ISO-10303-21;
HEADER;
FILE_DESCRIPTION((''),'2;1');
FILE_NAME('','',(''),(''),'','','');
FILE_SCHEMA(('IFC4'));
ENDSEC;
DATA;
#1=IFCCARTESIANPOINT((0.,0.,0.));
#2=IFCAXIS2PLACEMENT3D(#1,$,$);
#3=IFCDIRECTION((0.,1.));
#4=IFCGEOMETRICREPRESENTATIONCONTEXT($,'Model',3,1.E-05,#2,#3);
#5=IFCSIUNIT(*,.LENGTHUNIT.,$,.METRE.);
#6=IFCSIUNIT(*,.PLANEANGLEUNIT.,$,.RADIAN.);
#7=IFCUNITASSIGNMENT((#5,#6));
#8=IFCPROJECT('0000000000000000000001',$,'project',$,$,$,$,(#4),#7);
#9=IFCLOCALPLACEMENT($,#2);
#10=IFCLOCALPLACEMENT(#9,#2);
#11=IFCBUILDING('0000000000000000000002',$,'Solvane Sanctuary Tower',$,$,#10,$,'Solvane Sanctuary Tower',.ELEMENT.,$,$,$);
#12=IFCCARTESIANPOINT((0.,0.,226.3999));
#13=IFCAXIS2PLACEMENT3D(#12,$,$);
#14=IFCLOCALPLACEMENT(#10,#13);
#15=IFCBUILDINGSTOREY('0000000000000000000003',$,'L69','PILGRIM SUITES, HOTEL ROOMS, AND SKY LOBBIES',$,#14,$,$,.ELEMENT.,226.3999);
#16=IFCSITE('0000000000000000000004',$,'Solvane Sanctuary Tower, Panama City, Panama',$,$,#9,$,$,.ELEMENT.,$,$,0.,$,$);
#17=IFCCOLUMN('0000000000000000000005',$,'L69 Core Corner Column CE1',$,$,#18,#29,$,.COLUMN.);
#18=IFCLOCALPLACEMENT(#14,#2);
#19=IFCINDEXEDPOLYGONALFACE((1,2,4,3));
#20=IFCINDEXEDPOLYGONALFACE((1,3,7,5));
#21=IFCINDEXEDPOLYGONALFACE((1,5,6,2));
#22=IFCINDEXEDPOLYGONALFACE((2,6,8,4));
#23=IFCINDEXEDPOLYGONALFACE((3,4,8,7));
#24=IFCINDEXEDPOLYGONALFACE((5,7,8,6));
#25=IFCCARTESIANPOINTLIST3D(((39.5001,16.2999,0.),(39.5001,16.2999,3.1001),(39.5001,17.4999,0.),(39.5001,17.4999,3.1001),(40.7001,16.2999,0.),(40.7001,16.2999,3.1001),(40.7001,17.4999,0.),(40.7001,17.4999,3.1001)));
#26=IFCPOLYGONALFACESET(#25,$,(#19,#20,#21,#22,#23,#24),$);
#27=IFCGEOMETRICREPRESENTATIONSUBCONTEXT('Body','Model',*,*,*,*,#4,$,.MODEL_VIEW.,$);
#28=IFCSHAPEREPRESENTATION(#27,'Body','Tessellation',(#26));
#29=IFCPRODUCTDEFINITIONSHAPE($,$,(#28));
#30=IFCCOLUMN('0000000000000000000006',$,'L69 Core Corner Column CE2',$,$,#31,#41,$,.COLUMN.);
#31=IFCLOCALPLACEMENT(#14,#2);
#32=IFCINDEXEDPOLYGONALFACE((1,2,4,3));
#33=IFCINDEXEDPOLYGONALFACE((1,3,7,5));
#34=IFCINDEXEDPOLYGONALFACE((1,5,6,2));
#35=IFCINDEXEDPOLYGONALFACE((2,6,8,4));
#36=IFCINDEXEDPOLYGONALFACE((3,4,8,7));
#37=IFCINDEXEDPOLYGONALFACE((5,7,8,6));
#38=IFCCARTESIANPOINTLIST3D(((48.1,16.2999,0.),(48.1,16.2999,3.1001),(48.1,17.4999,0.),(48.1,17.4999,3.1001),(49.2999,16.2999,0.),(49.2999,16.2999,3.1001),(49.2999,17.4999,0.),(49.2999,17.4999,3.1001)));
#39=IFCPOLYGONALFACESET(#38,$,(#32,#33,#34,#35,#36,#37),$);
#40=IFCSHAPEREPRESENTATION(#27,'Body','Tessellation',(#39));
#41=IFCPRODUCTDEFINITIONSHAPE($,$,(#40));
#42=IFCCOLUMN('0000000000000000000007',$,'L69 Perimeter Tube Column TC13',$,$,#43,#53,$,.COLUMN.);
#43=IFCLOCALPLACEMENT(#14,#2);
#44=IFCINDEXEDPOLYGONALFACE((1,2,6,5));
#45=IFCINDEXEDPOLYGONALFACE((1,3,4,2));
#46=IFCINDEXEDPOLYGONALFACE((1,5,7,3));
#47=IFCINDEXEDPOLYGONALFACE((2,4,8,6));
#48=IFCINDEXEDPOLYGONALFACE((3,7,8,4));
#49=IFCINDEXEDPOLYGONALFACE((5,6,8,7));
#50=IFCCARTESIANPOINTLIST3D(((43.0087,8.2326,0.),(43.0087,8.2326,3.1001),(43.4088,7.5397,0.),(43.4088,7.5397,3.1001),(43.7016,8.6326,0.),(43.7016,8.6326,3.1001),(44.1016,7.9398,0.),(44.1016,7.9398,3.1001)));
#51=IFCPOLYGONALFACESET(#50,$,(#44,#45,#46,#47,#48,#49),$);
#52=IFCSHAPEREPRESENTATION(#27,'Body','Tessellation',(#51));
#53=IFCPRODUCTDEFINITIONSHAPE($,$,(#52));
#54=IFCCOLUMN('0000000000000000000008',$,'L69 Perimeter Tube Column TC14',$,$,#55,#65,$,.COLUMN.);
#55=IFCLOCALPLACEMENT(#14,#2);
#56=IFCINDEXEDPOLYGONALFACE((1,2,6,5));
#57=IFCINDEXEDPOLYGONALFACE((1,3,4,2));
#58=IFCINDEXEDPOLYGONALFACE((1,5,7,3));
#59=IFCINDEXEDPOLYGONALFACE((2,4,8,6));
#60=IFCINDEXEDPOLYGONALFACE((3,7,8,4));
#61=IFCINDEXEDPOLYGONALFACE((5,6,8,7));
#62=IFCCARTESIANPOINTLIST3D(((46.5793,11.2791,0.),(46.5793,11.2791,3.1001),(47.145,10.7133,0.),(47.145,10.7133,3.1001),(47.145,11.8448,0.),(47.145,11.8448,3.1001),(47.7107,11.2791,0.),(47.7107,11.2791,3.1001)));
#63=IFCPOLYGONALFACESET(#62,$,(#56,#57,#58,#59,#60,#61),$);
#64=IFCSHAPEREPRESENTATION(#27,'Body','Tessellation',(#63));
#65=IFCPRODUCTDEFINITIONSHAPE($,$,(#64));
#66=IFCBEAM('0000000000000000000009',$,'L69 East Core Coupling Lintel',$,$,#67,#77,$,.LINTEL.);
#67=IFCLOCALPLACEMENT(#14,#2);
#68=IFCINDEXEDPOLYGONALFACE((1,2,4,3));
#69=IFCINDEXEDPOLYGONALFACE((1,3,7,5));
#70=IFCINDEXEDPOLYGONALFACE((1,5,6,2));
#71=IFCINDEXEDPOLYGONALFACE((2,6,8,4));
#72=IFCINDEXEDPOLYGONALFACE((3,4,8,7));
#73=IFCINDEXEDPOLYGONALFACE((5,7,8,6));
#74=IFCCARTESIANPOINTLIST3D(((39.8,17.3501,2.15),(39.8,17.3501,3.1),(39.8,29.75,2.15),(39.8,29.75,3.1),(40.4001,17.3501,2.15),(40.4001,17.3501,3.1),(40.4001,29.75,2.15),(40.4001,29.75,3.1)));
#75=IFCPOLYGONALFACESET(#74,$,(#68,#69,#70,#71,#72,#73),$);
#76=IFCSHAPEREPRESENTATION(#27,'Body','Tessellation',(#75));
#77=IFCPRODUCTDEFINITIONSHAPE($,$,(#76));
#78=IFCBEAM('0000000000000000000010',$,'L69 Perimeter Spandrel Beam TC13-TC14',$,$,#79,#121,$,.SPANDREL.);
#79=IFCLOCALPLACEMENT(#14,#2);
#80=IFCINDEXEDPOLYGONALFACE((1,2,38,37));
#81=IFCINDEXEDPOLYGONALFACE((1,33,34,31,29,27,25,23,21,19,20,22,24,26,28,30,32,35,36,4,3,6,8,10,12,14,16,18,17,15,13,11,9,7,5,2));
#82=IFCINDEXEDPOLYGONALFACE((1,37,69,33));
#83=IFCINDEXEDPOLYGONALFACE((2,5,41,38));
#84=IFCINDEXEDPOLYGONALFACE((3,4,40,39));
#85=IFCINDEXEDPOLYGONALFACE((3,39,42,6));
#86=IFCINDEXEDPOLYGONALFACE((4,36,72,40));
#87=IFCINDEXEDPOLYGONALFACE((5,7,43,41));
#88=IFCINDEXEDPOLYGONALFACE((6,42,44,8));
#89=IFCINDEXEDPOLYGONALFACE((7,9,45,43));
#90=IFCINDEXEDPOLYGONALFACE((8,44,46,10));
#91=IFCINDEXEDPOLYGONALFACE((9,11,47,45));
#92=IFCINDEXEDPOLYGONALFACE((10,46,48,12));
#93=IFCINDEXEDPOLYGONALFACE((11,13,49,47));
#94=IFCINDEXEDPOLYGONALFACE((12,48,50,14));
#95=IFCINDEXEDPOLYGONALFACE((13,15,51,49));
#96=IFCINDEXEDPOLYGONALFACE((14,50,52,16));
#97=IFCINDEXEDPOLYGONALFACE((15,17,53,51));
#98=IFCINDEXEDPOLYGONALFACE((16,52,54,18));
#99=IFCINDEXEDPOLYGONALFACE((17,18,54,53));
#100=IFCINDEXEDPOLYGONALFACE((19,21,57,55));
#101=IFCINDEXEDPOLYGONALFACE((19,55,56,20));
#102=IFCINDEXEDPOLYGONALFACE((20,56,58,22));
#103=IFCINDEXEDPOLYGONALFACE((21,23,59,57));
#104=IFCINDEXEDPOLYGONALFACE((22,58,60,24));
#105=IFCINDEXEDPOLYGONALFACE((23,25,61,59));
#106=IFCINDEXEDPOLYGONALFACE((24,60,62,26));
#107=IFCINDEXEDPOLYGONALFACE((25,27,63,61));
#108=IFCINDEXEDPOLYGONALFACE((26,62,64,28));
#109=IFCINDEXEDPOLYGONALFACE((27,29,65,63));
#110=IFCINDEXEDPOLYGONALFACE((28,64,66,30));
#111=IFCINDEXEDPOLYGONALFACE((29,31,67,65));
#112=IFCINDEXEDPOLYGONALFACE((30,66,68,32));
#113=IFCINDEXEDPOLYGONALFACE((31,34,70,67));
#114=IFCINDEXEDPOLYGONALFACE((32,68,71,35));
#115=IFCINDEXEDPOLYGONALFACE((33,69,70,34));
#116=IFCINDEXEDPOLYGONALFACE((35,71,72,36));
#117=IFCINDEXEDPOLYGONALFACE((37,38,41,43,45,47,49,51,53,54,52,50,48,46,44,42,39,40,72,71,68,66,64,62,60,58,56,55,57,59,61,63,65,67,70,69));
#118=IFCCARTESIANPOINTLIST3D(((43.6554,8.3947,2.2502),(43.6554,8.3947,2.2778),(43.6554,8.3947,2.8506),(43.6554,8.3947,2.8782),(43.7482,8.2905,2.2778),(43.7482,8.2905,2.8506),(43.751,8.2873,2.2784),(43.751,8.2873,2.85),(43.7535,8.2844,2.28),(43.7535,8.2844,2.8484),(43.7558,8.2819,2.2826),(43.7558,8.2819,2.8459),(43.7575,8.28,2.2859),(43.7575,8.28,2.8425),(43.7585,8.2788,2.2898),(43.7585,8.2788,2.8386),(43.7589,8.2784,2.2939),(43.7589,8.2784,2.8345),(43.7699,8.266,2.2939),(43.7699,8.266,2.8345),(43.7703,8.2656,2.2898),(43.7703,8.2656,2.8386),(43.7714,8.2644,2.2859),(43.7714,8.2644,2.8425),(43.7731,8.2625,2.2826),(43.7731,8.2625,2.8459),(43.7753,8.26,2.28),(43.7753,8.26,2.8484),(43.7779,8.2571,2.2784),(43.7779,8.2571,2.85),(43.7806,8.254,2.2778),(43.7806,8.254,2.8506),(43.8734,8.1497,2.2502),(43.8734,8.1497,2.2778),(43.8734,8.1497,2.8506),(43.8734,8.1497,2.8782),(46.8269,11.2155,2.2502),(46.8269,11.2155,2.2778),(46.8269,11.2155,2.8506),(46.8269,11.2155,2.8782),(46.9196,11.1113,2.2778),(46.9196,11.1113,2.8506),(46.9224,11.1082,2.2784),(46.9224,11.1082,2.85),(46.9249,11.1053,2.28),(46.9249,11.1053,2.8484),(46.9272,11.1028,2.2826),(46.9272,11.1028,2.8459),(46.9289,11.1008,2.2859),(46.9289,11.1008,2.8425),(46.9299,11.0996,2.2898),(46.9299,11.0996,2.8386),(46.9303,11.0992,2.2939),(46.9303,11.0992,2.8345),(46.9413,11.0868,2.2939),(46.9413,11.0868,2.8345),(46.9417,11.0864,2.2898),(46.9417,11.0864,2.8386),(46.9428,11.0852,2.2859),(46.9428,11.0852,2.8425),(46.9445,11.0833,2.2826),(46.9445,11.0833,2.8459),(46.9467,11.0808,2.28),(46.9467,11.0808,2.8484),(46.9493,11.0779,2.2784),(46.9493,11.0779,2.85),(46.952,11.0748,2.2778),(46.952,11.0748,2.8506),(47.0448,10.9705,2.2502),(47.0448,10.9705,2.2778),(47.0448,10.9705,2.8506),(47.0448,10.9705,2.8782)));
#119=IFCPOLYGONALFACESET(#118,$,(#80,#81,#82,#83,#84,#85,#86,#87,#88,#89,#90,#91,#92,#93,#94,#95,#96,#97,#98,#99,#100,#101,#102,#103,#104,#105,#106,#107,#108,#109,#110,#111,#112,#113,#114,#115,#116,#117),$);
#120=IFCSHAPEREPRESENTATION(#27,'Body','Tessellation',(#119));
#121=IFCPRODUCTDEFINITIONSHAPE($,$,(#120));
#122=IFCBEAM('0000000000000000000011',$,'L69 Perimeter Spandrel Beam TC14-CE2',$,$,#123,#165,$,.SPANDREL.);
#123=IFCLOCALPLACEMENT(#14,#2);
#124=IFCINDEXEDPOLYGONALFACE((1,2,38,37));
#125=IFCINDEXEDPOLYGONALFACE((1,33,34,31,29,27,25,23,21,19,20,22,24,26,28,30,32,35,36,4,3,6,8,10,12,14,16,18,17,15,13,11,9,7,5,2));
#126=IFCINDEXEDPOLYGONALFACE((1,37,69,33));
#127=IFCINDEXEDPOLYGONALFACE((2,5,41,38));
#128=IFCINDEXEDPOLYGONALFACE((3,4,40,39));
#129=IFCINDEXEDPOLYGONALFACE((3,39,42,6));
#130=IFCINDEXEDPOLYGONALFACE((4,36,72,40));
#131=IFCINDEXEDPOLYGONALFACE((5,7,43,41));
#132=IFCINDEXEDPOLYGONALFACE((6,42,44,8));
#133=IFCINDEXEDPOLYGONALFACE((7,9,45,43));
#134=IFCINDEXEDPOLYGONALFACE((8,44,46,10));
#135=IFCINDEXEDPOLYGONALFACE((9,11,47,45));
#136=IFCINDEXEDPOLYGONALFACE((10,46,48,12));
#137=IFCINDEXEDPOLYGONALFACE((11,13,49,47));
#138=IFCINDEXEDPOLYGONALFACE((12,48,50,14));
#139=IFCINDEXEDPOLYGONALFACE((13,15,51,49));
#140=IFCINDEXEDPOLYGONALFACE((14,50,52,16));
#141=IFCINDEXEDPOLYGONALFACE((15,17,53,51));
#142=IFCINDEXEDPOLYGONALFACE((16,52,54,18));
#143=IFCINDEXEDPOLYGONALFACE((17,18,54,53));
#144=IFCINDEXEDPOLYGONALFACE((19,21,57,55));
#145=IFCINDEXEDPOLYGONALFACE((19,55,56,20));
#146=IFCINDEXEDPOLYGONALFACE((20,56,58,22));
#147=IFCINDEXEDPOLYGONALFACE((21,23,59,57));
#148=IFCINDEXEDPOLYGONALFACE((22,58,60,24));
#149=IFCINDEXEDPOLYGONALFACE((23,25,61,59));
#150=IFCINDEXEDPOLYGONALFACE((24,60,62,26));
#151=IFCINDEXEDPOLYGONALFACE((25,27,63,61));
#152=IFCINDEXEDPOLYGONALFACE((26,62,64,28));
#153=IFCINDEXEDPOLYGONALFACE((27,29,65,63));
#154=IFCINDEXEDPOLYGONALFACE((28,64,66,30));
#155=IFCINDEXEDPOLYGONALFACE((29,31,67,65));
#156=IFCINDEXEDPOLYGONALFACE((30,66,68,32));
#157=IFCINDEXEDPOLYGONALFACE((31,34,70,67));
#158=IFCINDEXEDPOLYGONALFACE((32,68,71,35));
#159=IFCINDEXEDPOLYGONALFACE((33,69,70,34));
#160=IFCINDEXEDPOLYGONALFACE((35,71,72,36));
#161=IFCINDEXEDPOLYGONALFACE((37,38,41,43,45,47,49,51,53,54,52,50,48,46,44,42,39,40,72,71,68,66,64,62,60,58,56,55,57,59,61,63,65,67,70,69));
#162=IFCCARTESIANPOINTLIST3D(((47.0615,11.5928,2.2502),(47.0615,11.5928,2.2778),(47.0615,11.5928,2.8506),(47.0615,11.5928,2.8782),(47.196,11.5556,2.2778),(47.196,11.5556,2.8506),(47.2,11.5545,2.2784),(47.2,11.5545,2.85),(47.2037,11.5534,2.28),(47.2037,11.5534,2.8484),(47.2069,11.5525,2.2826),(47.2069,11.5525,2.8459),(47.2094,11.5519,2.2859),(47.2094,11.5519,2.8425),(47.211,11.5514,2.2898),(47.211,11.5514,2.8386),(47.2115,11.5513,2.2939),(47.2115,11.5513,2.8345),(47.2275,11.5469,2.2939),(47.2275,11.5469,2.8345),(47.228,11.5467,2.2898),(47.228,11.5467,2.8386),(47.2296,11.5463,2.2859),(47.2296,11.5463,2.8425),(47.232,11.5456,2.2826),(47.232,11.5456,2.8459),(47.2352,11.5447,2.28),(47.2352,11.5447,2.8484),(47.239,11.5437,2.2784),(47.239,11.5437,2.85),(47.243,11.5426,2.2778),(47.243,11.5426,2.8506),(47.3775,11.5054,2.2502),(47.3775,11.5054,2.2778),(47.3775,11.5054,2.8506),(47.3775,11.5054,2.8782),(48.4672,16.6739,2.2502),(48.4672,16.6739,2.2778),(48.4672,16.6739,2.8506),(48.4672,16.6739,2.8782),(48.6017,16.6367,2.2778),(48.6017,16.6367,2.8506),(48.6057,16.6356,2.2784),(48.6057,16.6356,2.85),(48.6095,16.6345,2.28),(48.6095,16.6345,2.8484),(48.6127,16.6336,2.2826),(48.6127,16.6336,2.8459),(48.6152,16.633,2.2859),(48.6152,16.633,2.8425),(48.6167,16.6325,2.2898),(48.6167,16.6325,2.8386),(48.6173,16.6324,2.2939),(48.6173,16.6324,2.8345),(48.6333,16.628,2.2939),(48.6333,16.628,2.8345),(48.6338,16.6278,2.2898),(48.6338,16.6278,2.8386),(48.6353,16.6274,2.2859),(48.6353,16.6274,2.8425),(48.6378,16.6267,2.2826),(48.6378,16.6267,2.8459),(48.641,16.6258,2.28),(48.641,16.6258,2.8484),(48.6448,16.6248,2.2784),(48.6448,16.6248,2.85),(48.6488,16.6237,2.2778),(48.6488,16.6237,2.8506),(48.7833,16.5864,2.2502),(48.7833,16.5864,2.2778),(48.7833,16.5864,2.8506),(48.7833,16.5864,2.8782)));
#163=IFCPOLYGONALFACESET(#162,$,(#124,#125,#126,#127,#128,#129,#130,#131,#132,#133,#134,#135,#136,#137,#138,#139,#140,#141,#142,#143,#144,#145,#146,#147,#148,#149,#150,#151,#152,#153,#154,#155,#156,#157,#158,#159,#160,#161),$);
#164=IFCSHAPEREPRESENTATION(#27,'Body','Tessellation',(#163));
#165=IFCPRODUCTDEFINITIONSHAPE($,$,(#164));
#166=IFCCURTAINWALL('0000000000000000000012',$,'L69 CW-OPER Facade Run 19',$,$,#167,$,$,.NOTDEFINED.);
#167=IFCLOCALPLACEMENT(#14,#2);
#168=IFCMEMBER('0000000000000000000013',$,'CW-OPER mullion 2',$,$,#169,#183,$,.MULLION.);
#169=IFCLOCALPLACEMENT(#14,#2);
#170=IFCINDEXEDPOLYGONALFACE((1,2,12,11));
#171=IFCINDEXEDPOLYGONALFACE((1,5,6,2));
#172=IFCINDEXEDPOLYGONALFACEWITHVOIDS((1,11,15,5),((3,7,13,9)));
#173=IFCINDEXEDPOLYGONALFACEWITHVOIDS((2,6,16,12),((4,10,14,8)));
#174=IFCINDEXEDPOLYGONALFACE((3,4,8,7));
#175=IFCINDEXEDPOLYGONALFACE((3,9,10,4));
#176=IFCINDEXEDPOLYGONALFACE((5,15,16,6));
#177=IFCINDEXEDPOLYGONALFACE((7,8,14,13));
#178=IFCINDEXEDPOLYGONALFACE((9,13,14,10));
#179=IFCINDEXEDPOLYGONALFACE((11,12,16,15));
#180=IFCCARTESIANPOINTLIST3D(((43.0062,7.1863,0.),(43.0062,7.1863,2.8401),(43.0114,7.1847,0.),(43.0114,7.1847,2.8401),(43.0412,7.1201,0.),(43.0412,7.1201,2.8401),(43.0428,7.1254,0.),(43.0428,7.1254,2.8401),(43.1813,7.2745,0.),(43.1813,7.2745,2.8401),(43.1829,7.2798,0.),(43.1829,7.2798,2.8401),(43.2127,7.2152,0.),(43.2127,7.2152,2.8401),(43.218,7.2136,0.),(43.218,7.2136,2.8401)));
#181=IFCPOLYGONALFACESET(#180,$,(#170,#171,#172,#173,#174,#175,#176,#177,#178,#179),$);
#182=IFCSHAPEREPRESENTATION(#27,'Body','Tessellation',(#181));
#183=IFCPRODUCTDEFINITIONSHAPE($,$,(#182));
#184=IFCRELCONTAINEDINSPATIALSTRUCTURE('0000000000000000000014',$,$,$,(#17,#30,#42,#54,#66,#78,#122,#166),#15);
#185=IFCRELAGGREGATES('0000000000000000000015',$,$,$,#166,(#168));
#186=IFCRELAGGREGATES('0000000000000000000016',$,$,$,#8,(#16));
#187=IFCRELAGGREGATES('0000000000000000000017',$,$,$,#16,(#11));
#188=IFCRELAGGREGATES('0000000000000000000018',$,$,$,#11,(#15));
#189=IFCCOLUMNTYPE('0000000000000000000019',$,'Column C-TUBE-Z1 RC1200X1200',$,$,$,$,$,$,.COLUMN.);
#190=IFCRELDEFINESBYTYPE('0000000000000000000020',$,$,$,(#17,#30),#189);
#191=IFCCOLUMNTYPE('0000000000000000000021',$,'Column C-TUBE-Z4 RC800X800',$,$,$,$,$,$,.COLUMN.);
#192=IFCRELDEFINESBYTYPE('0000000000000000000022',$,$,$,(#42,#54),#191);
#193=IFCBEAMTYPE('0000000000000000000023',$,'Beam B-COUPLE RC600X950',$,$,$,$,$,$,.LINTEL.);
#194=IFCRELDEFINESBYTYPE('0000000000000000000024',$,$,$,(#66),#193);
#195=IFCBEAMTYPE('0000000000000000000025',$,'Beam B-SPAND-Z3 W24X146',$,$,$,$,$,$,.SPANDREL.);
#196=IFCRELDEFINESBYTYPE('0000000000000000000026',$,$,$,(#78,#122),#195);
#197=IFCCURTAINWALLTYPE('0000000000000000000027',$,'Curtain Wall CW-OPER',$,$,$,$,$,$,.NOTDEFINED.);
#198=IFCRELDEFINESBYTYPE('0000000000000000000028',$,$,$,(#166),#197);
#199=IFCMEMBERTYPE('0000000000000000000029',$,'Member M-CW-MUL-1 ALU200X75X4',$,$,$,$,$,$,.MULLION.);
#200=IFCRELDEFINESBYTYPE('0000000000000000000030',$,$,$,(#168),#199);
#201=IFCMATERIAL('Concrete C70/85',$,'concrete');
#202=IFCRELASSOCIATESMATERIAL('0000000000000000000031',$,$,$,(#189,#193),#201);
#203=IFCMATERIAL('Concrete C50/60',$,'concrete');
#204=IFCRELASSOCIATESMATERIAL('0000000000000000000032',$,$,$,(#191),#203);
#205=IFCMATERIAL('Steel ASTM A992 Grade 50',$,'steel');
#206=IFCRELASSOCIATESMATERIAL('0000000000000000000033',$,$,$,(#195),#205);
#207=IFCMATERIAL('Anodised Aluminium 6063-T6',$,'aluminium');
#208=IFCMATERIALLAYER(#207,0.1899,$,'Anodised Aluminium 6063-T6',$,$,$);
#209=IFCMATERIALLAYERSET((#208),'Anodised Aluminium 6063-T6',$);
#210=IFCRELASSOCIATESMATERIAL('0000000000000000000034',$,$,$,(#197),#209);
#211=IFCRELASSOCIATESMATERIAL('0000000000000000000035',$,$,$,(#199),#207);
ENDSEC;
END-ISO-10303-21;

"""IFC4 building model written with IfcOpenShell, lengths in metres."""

from ifc_helpers import new_model, si_unit, direction, frame, origin, origin_2d, place, context, subcontext, project, spatial, rectangle, hollow_rectangle, i_section, extrude, material, layer, layer_set, material_profile, profile_set, type_object, element, aggregate, save


model = new_model("IFC4")

# Units and contexts
model_context = context("Model", 3, precision=1e-05, world=origin(), true_north=direction((0.0, 1.0)))
body_context = subcontext(model_context, "Body", "Model", "MODEL_VIEW")
ifc_project = project(units=[si_unit("LENGTHUNIT", "METRE"), si_unit("PLANEANGLEUNIT", "RADIAN")], contexts=[model_context])

# Site, building, storey
site_placement = place(None, origin())
site = spatial("IfcSite", under=ifc_project, at=site_placement, Name="Solvane Sanctuary Tower, Panama City, Panama", CompositionType="ELEMENT", RefElevation=0.0)
building_placement = place(site_placement, origin())
building = spatial("IfcBuilding", under=site, at=building_placement, Name="Solvane Sanctuary Tower", LongName="Solvane Sanctuary Tower", CompositionType="ELEMENT")
storey_placement = place(building_placement, frame((0.0, 0.0, 226.3999)))
storey = spatial("IfcBuildingStorey", under=building, at=storey_placement, Name="L69", Description="PILGRIM SUITES, HOTEL ROOMS, AND SKY LOBBIES", CompositionType="ELEMENT", Elevation=226.3999)

# Columns
ifc_material_1 = material(Name="Concrete C70/85", Category="concrete")
ifc_material_profile_1 = material_profile(ifc_material_1, rectangle(XDim=1.2, YDim=1.2, at=origin_2d()), Name="RC1200X1200")
ifc_profile_set_1 = profile_set([ifc_material_profile_1], Name="Concrete C70/85")
column_type_1 = type_object("IfcColumnType", Name="Column C-TUBE-Z1 RC1200X1200", PredefinedType="COLUMN", material=ifc_profile_set_1)
for number, where, z_axis, x_axis, name in (
    (1, (40.1001, 16.8999, 0.0), (0.0, 0.0, 1.0), (1.0, 0.0, 0.0), "L69 Core Corner Column CE1"),
    (2, (48.7, 16.8999, 0.0), (0.0, 0.0, 1.0), (1.0, 0.0, 0.0), "L69 Core Corner Column CE2"),
):
    element("IfcColumn", number, at=place(storey_placement, frame(where, z_axis=z_axis, x_axis=x_axis)), inside=storey, type_object=column_type_1, Name=name, PredefinedType="COLUMN", context=body_context, shape_type="SweptSolid", body=[
        extrude(rectangle(XDim=1.2, YDim=1.2, at=origin_2d()), origin(), (0.0, 0.0, 1.0), 3.1001),
    ])
ifc_material_2 = material(Name="Concrete C50/60", Category="concrete")
ifc_material_profile_2 = material_profile(ifc_material_2, rectangle(XDim=0.8, YDim=0.8, at=origin_2d()), Name="RC800X800")
ifc_profile_set_2 = profile_set([ifc_material_profile_2], Name="Concrete C50/60")
column_type_2 = type_object("IfcColumnType", Name="Column C-TUBE-Z4 RC800X800", PredefinedType="COLUMN", material=ifc_profile_set_2)
for number, where, z_axis, x_axis, name in (
    (3, (43.5552, 8.0862, 0.0), (0.0, 0.0, 1.0), (0.5, -0.866025, 0.0), "L69 Perimeter Tube Column TC13"),
    (4, (47.145, 11.2791, 0.0), (0.0, 0.0, 1.0), (0.707107, -0.707107, 0.0), "L69 Perimeter Tube Column TC14"),
):
    element("IfcColumn", number, at=place(storey_placement, frame(where, z_axis=z_axis, x_axis=x_axis)), inside=storey, type_object=column_type_2, Name=name, PredefinedType="COLUMN", context=body_context, shape_type="SweptSolid", body=[
        extrude(rectangle(XDim=0.8, YDim=0.8, at=origin_2d()), origin(), (0.0, 0.0, 1.0), 3.1001),
    ])

# Beams
ifc_material_profile_3 = material_profile(ifc_material_1, rectangle(XDim=0.6001, YDim=0.95, at=origin_2d()), Name="RC600X950")
ifc_profile_set_3 = profile_set([ifc_material_profile_3], Name="Concrete C70/85")
beam_type_1 = type_object("IfcBeamType", Name="Beam B-COUPLE RC600X950", PredefinedType="LINTEL", material=ifc_profile_set_3)
beam_1_placement = place(storey_placement, frame((40.1001, 17.3501, 2.625), z_axis=(0.0, 1.0, 0.0), x_axis=(-1.0, 0.0, 0.0)))
element("IfcBeam", 5, at=beam_1_placement, inside=storey, type_object=beam_type_1, Name="L69 East Core Coupling Lintel", PredefinedType="LINTEL", context=body_context, shape_type="SweptSolid", body=[
    extrude(rectangle(XDim=0.6001, YDim=0.95, at=origin_2d()), origin(), (0.0, 0.0, 1.0), 12.3999),
])
ifc_material_3 = material(Name="Steel ASTM A992 Grade 50", Category="steel")
ifc_material_profile_4 = material_profile(ifc_material_3, i_section(OverallWidth=0.3279, OverallDepth=0.6279, WebThickness=0.0166, FlangeThickness=0.0276, FilletRadius=0.0161, at=origin_2d()), Name="W24X146")
ifc_profile_set_4 = profile_set([ifc_material_profile_4], Name="Steel ASTM A992 Grade 50")
beam_type_2 = type_object("IfcBeamType", Name="Beam B-SPAND-Z3 W24X146", PredefinedType="SPANDREL", material=ifc_profile_set_4)
beam_2_placement = place(storey_placement, frame((43.7644, 8.2722, 2.5642), z_axis=(0.7472, 0.664599, 0.0), x_axis=(-0.664599, 0.7472, 0.0)))
element("IfcBeam", 6, at=beam_2_placement, inside=storey, type_object=beam_type_2, Name="L69 Perimeter Spandrel Beam TC13-TC14", PredefinedType="SPANDREL", context=body_context, shape_type="SweptSolid", body=[
    extrude(i_section(OverallWidth=0.3279, OverallDepth=0.6279, WebThickness=0.0166, FlangeThickness=0.0276, FilletRadius=0.0161, at=origin_2d()), origin(), (0.0, 0.0, 1.0), 4.2444),
])
beam_3_placement = place(storey_placement, frame((47.2195, 11.5491, 2.5642), z_axis=(0.26665, 0.963793, 0.0), x_axis=(-0.963793, 0.26665, 0.0)))
element("IfcBeam", 7, at=beam_3_placement, inside=storey, type_object=beam_type_2, Name="L69 Perimeter Spandrel Beam TC14-CE2", PredefinedType="SPANDREL", context=body_context, shape_type="SweptSolid", body=[
    extrude(i_section(OverallWidth=0.3279, OverallDepth=0.6279, WebThickness=0.0166, FlangeThickness=0.0276, FilletRadius=0.0161, at=origin_2d()), origin(), (0.0, 0.0, 1.0), 5.272),
])

# Curtain wall, member
ifc_material_4 = material(Name="Anodised Aluminium 6063-T6", Category="aluminium")
ifc_layer_1 = layer(ifc_material_4, 0.1899, Name="Anodised Aluminium 6063-T6")
ifc_layer_set_1 = layer_set([ifc_layer_1], Name="Anodised Aluminium 6063-T6")
curtain_wall_type = type_object("IfcCurtainWallType", Name="Curtain Wall CW-OPER", PredefinedType="NOTDEFINED", material=ifc_layer_set_1)
curtain_wall_placement = place(storey_placement, origin())
curtain_wall = element("IfcCurtainWall", 8, at=curtain_wall_placement, inside=storey, type_object=curtain_wall_type, Name="L69 CW-OPER Facade Run 19", PredefinedType="NOTDEFINED")
ifc_material_profile_5 = material_profile(ifc_material_4, hollow_rectangle(XDim=0.075, YDim=0.2, WallThickness=0.0039, at=origin_2d()), Name="ALU200X75X4")
ifc_profile_set_5 = profile_set([ifc_material_profile_5], Name="Anodised Aluminium 6063-T6")
member_type_1 = type_object("IfcMemberType", Name="Member M-CW-MUL-1 ALU200X75X4", PredefinedType="MULLION", material=ifc_profile_set_5)
member_1_placement = place(storey_placement, frame((43.1121, 7.2, 0.0), z_axis=(0.0, 0.0, 1.0), x_axis=(-0.467523, 0.883981, 0.0)))
member_1 = element("IfcMember", 9, at=member_1_placement, type_object=member_type_1, Name="CW-OPER mullion 2", PredefinedType="MULLION", context=body_context, shape_type="SweptSolid", body=[
    extrude(hollow_rectangle(XDim=0.075, YDim=0.2, WallThickness=0.0039, at=origin_2d()), origin(), (0.0, 0.0, 1.0), 2.8401),
])

aggregate(curtain_wall, [member_1])

save(model, "model.ifc")
